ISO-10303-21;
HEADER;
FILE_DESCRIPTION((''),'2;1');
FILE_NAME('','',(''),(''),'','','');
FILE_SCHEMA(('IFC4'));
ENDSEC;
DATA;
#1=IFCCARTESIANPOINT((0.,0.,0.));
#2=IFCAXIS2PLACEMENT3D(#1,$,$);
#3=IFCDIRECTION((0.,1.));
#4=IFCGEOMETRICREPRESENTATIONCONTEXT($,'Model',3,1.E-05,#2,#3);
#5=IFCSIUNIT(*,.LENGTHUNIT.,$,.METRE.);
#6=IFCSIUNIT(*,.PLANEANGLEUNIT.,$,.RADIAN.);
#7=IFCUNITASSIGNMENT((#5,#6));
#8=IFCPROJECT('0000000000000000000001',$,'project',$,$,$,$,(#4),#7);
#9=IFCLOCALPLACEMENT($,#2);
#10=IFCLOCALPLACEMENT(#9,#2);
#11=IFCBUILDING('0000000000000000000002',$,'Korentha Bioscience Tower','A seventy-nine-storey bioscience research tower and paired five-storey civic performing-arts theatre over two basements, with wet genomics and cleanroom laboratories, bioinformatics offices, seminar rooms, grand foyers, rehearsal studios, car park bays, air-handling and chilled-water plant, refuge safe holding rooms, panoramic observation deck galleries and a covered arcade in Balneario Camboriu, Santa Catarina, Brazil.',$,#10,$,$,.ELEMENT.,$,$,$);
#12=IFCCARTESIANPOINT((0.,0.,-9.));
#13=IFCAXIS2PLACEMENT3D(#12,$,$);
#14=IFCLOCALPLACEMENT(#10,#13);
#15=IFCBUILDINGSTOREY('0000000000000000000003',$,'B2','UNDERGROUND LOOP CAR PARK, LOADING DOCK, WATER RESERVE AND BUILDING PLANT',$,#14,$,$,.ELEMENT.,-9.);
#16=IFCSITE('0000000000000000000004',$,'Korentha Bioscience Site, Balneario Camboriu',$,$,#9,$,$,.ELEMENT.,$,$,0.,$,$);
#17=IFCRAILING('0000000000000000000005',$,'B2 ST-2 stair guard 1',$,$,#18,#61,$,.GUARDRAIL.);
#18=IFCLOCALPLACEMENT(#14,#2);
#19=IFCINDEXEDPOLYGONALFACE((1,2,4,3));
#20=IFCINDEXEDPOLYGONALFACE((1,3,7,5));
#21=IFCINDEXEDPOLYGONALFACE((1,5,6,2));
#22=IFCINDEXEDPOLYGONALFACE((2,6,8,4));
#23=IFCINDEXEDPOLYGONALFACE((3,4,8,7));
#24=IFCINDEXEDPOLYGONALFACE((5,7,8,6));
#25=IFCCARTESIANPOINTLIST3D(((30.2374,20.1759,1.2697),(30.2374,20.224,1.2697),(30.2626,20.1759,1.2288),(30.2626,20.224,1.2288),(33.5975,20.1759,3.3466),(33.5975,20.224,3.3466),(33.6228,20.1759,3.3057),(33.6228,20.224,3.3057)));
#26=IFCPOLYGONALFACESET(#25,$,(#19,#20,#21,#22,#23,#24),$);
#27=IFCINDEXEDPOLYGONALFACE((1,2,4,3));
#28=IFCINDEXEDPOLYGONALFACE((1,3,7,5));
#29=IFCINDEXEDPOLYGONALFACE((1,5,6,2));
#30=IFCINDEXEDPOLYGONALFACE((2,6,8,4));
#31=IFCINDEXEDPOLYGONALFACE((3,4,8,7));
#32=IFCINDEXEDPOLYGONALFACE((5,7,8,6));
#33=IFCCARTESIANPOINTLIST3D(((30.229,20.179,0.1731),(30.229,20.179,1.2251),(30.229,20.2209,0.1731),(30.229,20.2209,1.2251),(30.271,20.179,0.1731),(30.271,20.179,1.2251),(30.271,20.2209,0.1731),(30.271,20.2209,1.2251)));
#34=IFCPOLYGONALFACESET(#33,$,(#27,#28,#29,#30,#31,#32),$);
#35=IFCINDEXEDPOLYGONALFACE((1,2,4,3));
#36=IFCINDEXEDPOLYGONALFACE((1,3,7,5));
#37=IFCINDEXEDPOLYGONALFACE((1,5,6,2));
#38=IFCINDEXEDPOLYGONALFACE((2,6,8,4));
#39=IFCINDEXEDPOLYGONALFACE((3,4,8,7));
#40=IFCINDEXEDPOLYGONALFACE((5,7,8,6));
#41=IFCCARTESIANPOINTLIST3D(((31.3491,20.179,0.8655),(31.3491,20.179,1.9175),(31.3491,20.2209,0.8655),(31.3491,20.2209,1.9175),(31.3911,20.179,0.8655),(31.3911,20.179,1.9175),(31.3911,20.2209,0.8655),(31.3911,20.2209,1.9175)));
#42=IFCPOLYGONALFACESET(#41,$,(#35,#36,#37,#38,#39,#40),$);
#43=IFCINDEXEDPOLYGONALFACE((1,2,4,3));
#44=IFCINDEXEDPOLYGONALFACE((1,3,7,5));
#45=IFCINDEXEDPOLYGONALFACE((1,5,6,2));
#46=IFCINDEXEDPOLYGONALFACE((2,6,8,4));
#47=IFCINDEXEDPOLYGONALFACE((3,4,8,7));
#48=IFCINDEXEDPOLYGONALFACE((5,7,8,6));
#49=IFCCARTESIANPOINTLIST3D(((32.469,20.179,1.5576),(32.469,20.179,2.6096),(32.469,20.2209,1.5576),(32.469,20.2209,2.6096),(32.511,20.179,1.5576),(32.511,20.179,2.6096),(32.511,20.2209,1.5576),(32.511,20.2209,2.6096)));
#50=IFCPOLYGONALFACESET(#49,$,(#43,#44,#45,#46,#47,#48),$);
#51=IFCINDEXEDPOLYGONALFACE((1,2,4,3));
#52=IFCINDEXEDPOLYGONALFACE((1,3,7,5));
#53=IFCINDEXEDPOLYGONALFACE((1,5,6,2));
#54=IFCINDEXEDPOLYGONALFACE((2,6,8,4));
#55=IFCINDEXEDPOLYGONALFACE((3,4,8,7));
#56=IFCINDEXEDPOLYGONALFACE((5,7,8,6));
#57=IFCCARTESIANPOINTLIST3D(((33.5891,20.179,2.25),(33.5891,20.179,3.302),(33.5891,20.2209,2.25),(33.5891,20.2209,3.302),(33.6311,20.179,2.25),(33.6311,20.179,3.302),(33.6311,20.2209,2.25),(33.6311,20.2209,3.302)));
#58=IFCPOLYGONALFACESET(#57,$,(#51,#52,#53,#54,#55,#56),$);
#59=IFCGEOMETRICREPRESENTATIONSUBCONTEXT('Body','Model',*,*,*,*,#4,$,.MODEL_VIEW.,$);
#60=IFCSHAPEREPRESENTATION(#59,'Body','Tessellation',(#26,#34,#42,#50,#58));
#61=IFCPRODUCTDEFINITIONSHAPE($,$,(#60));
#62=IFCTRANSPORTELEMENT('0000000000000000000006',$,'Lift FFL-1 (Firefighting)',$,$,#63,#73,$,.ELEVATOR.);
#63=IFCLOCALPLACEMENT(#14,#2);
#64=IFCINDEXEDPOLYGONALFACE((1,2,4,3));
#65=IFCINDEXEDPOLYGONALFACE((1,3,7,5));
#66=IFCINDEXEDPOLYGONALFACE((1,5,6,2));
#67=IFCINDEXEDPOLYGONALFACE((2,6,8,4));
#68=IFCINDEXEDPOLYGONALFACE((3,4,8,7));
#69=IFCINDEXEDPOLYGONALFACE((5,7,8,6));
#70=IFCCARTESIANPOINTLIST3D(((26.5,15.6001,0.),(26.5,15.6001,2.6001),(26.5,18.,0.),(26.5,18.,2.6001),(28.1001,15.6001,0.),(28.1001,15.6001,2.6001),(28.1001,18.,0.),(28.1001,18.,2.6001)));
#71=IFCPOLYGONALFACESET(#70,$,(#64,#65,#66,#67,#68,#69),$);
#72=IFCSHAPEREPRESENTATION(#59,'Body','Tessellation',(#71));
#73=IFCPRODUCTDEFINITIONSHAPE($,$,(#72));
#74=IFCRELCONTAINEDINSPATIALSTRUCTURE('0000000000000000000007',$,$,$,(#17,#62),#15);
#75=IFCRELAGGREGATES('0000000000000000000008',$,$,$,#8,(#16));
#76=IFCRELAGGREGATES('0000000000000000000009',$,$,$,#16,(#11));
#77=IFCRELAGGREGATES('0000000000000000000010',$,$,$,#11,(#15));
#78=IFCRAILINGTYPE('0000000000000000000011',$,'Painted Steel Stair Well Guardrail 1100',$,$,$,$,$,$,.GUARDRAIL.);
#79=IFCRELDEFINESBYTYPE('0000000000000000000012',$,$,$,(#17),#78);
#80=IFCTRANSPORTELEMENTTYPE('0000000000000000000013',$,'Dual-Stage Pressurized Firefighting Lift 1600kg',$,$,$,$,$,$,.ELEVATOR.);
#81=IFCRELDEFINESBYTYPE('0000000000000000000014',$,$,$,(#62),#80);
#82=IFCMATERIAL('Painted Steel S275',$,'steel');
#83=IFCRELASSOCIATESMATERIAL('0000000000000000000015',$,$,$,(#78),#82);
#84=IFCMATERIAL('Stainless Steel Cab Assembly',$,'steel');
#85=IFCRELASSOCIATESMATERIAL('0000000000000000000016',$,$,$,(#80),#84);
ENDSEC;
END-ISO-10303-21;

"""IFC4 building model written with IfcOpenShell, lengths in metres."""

from ifc_helpers import new_model, si_unit, direction, frame, origin, origin_2d, place, context, subcontext, project, spatial, rectangle, extrude, material, type_object, element, save


model = new_model("IFC4")

# Units and contexts
model_context = context("Model", 3, precision=1e-05, world=origin(), true_north=direction((0.0, 1.0)))
body_context = subcontext(model_context, "Body", "Model", "MODEL_VIEW")
ifc_project = project(units=[si_unit("LENGTHUNIT", "METRE"), si_unit("PLANEANGLEUNIT", "RADIAN")], contexts=[model_context])

# Site, building, storey
site_placement = place(None, origin())
site = spatial("IfcSite", under=ifc_project, at=site_placement, Name="Korentha Bioscience Site, Balneario Camboriu", CompositionType="ELEMENT", RefElevation=0.0)
building_placement = place(site_placement, origin())
building = spatial("IfcBuilding", under=site, at=building_placement, Name="Korentha Bioscience Tower", Description="A seventy-nine-storey bioscience research tower and paired five-storey civic performing-arts theatre over two basements, with wet genomics and cleanroom laboratories, bioinformatics offices, seminar rooms, grand foyers, rehearsal studios, car park bays, air-handling and chilled-water plant, refuge safe holding rooms, panoramic observation deck galleries and a covered arcade in Balneario Camboriu, Santa Catarina, Brazil.", CompositionType="ELEMENT")
storey_placement = place(building_placement, frame((0.0, 0.0, -9.0)))
storey = spatial("IfcBuildingStorey", under=building, at=storey_placement, Name="B2", Description="UNDERGROUND LOOP CAR PARK, LOADING DOCK, WATER RESERVE AND BUILDING PLANT", CompositionType="ELEMENT", Elevation=-9.0)

# Railing
ifc_material_1 = material(Name="Painted Steel S275", Category="steel")
railing_type_1 = type_object("IfcRailingType", Name="Painted Steel Stair Well Guardrail 1100", PredefinedType="GUARDRAIL", material=ifc_material_1)
railing_1_placement = place(storey_placement, frame((30.25, 20.2, 0.1731)))
element("IfcRailing", 1, at=railing_1_placement, inside=storey, type_object=railing_type_1, Name="B2 ST-2 stair guard 1", PredefinedType="GUARDRAIL", context=body_context, shape_type="SweptSolid", body=[
    extrude(rectangle(XDim=0.0481, YDim=0.0481, at=origin_2d()), frame((0.0, 0.0, 1.0762), z_axis=(0.850623, 0.0, 0.525776), x_axis=(0.0, 1.0, 0.0)), (0.0, 0.0, 1.0), 3.9502),
    extrude(rectangle(XDim=0.042, YDim=0.042, at=origin_2d()), origin(), (0.0, 0.0, 1.0), 1.052),
    extrude(rectangle(XDim=0.042, YDim=0.042, at=origin_2d()), frame((1.1201, 0.0, 0.6924)), (0.0, 0.0, 1.0), 1.052),
    extrude(rectangle(XDim=0.042, YDim=0.042, at=origin_2d()), frame((2.24, 0.0, 1.3845)), (0.0, 0.0, 1.0), 1.052),
    extrude(rectangle(XDim=0.042, YDim=0.042, at=origin_2d()), frame((3.3601, 0.0, 2.0769)), (0.0, 0.0, 1.0), 1.052),
])

# Transport element
ifc_material_2 = material(Name="Stainless Steel Cab Assembly", Category="steel")
transport_element_type = type_object("IfcTransportElementType", Name="Dual-Stage Pressurized Firefighting Lift 1600kg", PredefinedType="ELEVATOR", material=ifc_material_2)
transport_element_placement = place(storey_placement, frame((27.3, 16.8, 0.0), z_axis=(0.0, 0.0, 1.0), x_axis=(1.0, 0.0, 0.0)))
element("IfcTransportElement", 2, at=transport_element_placement, inside=storey, type_object=transport_element_type, Name="Lift FFL-1 (Firefighting)", PredefinedType="ELEVATOR", context=body_context, shape_type="SweptSolid", body=[
    extrude(rectangle(XDim=1.6001, YDim=2.3999, at=origin_2d()), origin(), (0.0, 0.0, 1.0), 2.6001),
])

save(model, "model.ifc")
